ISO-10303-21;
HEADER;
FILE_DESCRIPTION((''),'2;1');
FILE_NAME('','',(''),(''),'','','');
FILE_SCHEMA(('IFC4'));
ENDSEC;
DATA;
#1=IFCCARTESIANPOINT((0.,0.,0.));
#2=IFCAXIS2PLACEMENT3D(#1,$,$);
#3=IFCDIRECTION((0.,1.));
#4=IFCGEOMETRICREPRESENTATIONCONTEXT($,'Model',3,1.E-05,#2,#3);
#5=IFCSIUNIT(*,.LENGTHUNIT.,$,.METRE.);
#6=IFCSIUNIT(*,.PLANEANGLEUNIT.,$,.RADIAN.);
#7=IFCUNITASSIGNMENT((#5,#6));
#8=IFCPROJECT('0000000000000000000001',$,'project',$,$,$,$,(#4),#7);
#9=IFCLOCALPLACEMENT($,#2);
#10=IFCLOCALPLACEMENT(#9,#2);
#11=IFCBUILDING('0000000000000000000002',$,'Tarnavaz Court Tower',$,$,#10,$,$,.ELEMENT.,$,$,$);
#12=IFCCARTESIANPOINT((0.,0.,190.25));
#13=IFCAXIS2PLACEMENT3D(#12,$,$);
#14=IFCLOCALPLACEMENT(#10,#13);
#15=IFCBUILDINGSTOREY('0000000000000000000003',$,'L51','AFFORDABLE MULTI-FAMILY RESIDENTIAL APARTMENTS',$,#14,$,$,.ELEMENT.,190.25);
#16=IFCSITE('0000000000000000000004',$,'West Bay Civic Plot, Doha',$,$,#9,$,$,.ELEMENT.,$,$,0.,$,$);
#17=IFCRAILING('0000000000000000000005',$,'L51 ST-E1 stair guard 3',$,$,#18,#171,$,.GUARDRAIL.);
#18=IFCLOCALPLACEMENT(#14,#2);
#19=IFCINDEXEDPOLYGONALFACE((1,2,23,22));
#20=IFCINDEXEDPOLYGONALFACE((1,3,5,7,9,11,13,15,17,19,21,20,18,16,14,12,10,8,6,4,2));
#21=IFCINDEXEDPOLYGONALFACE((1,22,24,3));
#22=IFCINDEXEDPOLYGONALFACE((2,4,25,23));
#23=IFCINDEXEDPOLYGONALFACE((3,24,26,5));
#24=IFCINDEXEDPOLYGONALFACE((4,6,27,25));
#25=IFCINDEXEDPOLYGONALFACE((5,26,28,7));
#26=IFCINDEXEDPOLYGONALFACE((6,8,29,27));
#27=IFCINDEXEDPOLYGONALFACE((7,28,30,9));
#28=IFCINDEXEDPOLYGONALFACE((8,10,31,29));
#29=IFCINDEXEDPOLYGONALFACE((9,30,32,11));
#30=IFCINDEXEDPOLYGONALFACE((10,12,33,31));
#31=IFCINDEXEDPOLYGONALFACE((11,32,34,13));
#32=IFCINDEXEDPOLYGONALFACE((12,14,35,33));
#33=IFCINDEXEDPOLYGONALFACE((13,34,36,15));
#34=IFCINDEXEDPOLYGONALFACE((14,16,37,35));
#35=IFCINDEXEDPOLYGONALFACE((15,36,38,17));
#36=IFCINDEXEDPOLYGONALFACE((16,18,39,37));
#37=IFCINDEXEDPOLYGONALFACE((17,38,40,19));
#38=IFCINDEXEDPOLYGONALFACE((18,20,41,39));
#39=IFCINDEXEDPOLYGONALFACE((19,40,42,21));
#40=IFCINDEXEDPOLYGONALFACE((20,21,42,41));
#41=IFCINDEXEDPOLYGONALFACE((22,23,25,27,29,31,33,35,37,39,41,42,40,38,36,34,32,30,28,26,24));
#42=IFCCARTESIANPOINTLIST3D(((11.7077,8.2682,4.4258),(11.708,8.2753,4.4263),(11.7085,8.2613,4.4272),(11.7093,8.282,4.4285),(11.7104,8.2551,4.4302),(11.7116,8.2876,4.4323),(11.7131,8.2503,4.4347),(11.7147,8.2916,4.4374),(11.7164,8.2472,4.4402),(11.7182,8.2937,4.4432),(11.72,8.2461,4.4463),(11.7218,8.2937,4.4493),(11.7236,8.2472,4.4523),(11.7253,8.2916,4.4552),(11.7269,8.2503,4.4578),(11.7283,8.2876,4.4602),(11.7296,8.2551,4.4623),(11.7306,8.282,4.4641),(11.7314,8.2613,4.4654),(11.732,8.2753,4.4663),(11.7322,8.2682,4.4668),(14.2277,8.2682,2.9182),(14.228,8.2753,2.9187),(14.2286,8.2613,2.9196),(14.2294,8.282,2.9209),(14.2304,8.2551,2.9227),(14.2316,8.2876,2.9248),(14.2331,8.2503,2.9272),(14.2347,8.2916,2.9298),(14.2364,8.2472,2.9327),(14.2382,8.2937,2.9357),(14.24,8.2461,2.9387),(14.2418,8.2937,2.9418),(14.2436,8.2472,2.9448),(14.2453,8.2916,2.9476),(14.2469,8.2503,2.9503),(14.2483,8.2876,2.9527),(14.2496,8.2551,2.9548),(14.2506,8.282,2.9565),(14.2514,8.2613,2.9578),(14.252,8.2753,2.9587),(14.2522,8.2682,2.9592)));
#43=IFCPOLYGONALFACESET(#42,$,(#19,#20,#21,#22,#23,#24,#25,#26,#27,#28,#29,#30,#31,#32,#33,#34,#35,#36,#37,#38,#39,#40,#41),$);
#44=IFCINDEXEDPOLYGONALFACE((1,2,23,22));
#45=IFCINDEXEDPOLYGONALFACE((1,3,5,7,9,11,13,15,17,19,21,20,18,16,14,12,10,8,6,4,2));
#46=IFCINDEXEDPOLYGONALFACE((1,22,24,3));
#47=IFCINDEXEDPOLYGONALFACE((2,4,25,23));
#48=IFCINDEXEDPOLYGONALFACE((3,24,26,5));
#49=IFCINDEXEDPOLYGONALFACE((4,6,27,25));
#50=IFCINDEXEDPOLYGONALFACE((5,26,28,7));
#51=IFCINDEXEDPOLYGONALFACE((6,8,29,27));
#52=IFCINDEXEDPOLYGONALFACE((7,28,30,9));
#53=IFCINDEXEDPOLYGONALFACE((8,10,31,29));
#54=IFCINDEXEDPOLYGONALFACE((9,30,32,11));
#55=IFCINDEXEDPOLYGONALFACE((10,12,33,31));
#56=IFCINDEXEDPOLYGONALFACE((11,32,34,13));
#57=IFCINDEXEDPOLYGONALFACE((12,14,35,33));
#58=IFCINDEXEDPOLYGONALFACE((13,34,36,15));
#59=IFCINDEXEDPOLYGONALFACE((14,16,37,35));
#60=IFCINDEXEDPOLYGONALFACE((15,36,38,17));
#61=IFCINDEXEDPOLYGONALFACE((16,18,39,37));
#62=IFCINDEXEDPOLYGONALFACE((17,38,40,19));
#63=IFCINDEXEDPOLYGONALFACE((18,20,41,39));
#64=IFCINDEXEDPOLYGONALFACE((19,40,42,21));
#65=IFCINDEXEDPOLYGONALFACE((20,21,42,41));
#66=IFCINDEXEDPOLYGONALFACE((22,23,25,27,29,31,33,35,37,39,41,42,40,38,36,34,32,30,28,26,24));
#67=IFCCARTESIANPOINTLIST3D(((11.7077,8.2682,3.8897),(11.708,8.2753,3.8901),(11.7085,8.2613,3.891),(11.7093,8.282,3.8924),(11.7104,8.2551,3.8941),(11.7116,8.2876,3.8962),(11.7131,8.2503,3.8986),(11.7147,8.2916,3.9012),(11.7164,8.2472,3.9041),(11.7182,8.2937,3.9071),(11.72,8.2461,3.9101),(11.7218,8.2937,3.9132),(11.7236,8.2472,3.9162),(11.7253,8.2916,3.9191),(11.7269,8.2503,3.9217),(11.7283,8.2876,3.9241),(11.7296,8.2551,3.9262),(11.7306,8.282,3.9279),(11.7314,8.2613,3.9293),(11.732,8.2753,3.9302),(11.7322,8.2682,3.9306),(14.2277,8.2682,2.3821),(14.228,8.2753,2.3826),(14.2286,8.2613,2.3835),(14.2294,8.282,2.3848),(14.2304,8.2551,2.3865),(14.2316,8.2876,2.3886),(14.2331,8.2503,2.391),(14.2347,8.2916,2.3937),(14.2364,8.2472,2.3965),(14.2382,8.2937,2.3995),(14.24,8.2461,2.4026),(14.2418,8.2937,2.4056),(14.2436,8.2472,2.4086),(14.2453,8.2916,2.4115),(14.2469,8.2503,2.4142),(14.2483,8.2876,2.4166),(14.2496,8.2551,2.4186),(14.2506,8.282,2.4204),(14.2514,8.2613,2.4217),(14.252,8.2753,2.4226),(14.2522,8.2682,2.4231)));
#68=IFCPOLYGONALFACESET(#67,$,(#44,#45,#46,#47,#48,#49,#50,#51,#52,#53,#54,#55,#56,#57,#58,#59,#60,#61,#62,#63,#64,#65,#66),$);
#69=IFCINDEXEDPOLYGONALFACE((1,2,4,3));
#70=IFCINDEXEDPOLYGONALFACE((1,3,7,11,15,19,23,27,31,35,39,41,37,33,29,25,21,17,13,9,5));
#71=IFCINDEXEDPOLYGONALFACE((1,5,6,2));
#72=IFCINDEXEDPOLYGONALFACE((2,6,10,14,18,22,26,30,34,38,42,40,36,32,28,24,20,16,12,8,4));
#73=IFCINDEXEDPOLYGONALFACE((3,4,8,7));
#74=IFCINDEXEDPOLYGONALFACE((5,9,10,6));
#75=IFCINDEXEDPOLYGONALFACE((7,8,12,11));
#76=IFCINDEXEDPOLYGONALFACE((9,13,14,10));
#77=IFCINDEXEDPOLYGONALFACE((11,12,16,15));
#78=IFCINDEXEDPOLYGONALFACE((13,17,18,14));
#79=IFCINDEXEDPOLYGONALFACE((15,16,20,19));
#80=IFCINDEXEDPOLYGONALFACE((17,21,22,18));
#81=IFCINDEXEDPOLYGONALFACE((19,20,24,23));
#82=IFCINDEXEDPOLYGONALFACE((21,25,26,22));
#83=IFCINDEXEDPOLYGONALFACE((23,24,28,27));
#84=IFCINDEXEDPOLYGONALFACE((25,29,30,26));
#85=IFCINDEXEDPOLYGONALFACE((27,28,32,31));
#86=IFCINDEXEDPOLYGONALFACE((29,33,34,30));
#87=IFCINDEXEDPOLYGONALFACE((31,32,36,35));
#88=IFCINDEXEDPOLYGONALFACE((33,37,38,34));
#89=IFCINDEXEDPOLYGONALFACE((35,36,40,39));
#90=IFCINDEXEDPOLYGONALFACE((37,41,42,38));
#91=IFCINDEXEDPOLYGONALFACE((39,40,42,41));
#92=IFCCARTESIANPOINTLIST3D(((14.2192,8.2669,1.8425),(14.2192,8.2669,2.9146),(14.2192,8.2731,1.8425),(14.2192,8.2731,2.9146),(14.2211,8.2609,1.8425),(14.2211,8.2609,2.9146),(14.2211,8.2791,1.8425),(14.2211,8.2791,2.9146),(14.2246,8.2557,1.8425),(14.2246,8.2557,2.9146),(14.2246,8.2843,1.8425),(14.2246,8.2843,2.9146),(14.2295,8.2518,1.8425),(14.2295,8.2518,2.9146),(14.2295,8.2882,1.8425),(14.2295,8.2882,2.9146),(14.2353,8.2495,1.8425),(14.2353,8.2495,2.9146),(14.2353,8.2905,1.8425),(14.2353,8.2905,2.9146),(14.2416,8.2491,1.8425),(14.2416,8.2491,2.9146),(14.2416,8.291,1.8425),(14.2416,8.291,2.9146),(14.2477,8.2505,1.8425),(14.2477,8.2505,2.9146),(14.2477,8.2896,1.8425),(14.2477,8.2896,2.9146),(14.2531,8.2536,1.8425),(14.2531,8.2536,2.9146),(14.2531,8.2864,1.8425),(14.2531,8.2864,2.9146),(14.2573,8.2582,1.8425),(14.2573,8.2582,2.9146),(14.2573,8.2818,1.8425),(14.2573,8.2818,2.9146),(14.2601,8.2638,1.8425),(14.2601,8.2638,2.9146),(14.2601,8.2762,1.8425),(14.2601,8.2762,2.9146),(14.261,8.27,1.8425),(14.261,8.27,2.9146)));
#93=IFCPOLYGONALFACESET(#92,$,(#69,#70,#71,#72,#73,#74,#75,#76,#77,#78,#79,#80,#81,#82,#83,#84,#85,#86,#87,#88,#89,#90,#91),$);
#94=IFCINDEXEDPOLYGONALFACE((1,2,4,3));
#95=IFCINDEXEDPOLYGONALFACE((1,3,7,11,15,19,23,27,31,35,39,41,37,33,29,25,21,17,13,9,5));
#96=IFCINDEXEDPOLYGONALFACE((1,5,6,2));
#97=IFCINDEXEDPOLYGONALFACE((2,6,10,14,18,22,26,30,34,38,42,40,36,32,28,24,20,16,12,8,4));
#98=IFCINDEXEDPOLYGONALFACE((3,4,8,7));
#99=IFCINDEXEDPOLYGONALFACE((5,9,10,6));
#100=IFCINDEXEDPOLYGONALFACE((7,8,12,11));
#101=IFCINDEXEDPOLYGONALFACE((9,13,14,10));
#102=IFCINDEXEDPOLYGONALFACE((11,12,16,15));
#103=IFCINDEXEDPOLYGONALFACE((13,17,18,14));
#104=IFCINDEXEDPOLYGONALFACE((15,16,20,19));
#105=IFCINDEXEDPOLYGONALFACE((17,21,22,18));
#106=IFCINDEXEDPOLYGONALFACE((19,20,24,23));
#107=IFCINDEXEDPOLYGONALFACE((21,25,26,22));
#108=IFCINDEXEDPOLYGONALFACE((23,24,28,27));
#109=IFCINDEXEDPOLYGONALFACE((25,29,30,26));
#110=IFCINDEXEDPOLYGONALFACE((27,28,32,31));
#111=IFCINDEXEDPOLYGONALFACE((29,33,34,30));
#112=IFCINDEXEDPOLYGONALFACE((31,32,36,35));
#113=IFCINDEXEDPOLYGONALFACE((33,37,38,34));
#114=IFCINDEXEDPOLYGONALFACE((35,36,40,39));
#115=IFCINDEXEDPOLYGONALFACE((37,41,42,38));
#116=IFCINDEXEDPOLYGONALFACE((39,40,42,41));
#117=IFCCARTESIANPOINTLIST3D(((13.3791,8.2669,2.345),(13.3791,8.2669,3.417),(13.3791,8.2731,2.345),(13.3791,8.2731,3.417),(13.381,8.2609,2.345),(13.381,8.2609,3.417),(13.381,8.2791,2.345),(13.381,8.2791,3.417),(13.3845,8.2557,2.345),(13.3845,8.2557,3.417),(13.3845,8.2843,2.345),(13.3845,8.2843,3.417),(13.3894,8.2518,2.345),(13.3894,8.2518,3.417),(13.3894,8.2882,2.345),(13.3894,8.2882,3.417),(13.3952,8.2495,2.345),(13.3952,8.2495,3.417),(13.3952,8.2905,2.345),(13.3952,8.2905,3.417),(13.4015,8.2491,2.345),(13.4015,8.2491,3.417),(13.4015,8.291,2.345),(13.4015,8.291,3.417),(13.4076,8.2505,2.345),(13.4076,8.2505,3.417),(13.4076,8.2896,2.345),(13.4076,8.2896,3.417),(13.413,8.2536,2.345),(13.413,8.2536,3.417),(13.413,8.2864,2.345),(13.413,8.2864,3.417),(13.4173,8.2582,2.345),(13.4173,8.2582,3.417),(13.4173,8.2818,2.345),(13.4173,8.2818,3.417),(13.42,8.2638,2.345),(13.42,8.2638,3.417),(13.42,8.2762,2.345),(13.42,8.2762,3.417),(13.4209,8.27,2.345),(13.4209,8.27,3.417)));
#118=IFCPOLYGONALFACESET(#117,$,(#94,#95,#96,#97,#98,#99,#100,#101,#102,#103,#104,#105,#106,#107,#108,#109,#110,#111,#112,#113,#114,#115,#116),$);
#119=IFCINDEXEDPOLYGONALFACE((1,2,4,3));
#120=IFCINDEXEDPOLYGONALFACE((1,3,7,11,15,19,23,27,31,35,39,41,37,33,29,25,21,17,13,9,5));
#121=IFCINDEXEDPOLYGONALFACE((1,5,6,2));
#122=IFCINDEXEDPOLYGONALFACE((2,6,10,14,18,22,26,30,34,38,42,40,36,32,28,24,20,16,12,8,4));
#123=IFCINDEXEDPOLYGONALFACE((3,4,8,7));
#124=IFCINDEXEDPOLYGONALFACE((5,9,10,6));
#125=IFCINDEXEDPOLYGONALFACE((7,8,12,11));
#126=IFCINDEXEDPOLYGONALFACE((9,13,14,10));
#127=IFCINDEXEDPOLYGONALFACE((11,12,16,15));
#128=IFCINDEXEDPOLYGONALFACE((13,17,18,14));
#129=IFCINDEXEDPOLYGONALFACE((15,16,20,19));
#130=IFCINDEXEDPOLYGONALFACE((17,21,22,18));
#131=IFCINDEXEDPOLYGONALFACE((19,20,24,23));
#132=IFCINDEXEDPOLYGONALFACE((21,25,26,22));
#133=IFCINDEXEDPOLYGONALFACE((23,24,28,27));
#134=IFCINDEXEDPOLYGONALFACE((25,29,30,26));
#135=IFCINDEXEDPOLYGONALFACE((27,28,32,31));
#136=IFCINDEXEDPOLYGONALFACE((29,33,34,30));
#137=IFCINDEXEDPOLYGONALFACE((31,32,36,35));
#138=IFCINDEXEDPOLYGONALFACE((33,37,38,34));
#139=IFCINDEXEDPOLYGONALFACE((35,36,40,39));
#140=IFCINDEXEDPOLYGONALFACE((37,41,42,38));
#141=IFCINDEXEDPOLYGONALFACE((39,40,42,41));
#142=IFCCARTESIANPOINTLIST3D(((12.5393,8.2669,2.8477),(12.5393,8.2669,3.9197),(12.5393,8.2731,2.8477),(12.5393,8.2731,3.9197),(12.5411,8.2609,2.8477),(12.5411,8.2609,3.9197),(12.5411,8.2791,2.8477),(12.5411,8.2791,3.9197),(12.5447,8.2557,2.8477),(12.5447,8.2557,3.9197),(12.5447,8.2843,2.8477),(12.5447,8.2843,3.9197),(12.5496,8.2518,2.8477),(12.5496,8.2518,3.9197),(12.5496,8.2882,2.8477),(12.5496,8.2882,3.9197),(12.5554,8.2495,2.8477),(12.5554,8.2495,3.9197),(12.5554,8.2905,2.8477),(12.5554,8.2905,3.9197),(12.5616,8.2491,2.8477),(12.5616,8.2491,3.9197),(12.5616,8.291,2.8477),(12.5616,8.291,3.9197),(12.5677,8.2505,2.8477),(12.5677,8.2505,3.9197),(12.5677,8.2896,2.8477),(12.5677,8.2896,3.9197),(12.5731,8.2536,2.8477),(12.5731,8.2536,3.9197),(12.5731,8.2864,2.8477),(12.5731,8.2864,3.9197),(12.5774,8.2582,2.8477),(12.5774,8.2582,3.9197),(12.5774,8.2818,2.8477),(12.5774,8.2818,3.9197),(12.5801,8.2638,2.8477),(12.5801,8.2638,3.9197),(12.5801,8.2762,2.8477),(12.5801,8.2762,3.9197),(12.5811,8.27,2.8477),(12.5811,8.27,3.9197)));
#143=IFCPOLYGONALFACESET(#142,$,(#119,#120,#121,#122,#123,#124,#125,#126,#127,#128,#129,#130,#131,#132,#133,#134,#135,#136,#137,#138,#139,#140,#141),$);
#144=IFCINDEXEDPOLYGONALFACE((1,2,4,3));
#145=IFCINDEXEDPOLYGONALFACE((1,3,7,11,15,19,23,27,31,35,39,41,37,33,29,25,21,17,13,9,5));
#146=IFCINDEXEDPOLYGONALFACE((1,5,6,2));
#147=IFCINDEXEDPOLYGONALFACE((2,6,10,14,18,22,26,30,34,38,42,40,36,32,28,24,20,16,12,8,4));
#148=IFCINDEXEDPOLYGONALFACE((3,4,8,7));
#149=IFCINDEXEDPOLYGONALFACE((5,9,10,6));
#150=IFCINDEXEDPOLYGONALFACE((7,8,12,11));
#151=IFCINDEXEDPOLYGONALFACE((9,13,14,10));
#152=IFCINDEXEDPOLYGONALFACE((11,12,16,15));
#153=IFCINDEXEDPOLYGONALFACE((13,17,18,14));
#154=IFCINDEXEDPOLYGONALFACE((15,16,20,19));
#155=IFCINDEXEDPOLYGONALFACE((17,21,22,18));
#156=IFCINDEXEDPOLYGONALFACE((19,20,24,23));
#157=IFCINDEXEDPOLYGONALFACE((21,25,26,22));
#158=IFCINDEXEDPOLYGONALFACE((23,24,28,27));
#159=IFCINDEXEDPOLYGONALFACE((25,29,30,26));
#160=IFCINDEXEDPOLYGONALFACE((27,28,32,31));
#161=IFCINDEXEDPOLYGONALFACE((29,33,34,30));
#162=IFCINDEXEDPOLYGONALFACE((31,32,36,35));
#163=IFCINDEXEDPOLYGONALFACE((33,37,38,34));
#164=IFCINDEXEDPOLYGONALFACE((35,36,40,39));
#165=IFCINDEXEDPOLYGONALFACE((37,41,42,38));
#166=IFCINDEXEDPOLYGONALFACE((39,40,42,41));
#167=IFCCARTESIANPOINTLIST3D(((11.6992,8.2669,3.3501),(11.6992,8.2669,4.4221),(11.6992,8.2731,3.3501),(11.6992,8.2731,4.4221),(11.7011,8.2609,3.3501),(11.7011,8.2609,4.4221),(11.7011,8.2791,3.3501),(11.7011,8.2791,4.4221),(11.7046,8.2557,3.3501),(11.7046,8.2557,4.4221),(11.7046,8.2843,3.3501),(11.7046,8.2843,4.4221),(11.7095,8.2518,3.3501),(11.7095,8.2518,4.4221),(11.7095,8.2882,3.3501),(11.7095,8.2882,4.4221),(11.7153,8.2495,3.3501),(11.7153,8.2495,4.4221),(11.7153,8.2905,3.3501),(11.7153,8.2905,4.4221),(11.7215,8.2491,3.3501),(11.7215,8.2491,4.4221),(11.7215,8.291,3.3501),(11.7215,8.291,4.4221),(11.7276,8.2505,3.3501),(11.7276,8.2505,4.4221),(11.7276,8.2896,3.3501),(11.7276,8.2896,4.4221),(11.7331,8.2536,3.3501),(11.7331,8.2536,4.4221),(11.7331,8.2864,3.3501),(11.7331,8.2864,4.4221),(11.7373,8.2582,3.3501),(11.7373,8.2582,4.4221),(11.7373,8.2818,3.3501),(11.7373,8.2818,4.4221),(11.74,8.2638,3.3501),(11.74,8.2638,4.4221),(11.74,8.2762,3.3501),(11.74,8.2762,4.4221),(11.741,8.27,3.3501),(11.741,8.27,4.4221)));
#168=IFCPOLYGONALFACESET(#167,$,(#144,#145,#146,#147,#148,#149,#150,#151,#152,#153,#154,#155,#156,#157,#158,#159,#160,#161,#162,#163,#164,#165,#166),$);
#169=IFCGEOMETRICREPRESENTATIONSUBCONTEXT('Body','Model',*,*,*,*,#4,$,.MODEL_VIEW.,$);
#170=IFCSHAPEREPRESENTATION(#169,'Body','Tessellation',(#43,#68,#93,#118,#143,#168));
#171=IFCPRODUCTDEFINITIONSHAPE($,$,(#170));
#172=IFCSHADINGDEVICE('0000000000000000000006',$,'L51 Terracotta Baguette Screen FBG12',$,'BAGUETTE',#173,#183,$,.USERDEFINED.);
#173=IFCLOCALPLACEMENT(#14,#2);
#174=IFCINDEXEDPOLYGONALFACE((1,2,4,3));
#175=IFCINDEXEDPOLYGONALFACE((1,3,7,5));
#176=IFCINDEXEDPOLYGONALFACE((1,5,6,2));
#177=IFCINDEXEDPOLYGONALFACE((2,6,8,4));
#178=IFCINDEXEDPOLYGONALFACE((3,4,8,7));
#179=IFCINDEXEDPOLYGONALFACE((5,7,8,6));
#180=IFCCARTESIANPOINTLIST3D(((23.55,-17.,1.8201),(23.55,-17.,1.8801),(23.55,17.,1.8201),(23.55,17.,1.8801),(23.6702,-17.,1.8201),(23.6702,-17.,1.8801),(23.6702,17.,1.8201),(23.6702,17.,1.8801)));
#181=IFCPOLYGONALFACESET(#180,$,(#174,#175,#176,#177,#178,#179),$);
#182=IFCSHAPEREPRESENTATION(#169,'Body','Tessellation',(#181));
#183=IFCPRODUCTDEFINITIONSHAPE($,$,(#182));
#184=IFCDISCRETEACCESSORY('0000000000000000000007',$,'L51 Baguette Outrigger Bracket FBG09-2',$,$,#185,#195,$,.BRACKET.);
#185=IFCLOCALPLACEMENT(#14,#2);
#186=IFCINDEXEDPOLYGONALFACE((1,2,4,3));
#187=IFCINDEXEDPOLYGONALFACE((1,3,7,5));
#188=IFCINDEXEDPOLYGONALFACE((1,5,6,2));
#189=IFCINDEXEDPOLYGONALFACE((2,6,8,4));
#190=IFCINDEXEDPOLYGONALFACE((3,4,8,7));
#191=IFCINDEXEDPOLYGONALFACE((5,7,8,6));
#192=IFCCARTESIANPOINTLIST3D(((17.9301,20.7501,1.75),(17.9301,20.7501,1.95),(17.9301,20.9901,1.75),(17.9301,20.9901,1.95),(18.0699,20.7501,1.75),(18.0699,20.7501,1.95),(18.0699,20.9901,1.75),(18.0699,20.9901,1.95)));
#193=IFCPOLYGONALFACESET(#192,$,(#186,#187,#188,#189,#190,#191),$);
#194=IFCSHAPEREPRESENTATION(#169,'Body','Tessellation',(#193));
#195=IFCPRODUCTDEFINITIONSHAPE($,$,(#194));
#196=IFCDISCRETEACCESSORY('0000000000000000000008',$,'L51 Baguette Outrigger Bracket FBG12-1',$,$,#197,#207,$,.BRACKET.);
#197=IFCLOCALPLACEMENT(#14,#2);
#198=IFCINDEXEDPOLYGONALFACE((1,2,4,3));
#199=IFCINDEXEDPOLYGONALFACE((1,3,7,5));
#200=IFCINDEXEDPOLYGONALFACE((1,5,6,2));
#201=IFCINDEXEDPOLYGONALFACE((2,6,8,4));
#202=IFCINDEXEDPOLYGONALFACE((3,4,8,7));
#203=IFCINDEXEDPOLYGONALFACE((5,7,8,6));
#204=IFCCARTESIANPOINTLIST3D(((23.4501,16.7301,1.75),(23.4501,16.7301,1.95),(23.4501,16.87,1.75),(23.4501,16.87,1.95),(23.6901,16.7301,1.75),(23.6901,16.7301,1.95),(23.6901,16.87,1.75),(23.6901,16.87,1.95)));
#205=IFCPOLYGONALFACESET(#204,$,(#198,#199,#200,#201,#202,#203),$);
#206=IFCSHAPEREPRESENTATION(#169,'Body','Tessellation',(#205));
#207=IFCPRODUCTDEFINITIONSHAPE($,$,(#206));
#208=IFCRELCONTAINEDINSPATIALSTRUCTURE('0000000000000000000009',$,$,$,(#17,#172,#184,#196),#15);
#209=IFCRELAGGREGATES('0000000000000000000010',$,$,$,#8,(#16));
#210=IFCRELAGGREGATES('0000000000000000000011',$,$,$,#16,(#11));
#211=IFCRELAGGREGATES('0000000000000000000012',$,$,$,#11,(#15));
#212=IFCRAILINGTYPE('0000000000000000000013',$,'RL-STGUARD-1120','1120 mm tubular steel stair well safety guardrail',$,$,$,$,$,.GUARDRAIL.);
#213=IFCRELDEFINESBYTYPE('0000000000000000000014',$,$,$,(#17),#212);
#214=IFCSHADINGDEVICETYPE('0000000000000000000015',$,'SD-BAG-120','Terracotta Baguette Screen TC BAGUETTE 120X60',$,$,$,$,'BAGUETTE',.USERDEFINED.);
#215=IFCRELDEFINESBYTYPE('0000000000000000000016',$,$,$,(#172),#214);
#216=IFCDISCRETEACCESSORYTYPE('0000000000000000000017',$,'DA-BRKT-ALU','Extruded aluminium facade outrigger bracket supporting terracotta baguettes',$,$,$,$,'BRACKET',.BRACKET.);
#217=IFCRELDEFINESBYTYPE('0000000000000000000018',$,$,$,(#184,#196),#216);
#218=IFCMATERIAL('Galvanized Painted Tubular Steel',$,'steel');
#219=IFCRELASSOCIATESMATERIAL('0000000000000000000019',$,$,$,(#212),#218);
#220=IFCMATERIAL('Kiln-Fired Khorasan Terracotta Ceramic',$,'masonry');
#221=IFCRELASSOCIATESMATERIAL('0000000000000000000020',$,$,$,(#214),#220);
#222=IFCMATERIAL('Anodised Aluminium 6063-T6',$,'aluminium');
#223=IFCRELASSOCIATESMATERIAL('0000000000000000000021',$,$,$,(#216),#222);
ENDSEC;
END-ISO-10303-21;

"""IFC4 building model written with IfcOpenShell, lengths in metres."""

from ifc_helpers import new_model, si_unit, direction, frame, origin, origin_2d, place, context, subcontext, project, spatial, rectangle, circle, extrude, material, material_profile, profile_set, type_object, element, save


model = new_model("IFC4")

# Units and contexts
model_context = context("Model", 3, precision=1e-05, world=origin(), true_north=direction((0.0, 1.0)))
body_context = subcontext(model_context, "Body", "Model", "MODEL_VIEW")
ifc_project = project(units=[si_unit("LENGTHUNIT", "METRE"), si_unit("PLANEANGLEUNIT", "RADIAN")], contexts=[model_context])

# Site, building, storey
site_placement = place(None, origin())
site = spatial("IfcSite", under=ifc_project, at=site_placement, Name="West Bay Civic Plot, Doha", CompositionType="ELEMENT", RefElevation=0.0)
building_placement = place(site_placement, origin())
building = spatial("IfcBuilding", under=site, at=building_placement, Name="Tarnavaz Court Tower", CompositionType="ELEMENT")
storey_placement = place(building_placement, frame((0.0, 0.0, 190.25)))
storey = spatial("IfcBuildingStorey", under=building, at=storey_placement, Name="L51", Description="AFFORDABLE MULTI-FAMILY RESIDENTIAL APARTMENTS", CompositionType="ELEMENT", Elevation=190.25)

# Railing
ifc_material_1 = material(Name="Galvanized Painted Tubular Steel", Category="steel")
railing_type_1 = type_object("IfcRailingType", Name="RL-STGUARD-1120", Description="1120 mm tubular steel stair well safety guardrail", PredefinedType="GUARDRAIL", material=ifc_material_1)
railing_1_placement = place(storey_placement, frame((14.24, 8.27, 1.8425)))
element("IfcRailing", 1, at=railing_1_placement, inside=storey, type_object=railing_type_1, Name="L51 ST-E1 stair guard 3", PredefinedType="GUARDRAIL", context=body_context, shape_type="SweptSolid", body=[
    extrude(circle(Radius=0.0239, at=origin_2d()), frame((0.0, 0.0, 1.0962), z_axis=(-0.85816, 0.0, 0.513383), x_axis=(0.0, -1.0, 0.0)), (0.0, 0.0, 1.0), 2.9365),
    extrude(circle(Radius=0.0239, at=origin_2d()), frame((0.0, 0.0, 0.5601), z_axis=(-0.85816, 0.0, 0.513383), x_axis=(0.0, -1.0, 0.0)), (0.0, 0.0, 1.0), 2.9365),
    extrude(circle(Radius=0.021, at=origin_2d()), origin(), (0.0, 0.0, 1.0), 1.072),
    extrude(circle(Radius=0.021, at=origin_2d()), frame((-0.8401, 0.0, 0.5024)), (0.0, 0.0, 1.0), 1.072),
    extrude(circle(Radius=0.021, at=origin_2d()), frame((-1.6799, 0.0, 1.0051)), (0.0, 0.0, 1.0), 1.072),
    extrude(circle(Radius=0.021, at=origin_2d()), frame((-2.52, 0.0, 1.5076)), (0.0, 0.0, 1.0), 1.072),
])

# Shading device
ifc_material_2 = material(Name="Kiln-Fired Khorasan Terracotta Ceramic", Category="masonry")
ifc_material_profile_1 = material_profile(ifc_material_2, rectangle(XDim=0.1201, YDim=0.0601, at=origin_2d()), Name="TC BAGUETTE 120X60")
ifc_profile_set_1 = profile_set([ifc_material_profile_1], Name="Kiln-Fired Khorasan Terracotta Ceramic")
shading_device_type = type_object("IfcShadingDeviceType", Name="SD-BAG-120", Description="Terracotta Baguette Screen TC BAGUETTE 120X60", ElementType="BAGUETTE", PredefinedType="USERDEFINED", material=ifc_profile_set_1)
shading_device_placement = place(storey_placement, frame((23.6101, 17.0, 1.8501), z_axis=(0.0, -1.0, 0.0), x_axis=(1.0, 0.0, 0.0)))
element("IfcShadingDevice", 2, at=shading_device_placement, inside=storey, type_object=shading_device_type, Name="L51 Terracotta Baguette Screen FBG12", ObjectType="BAGUETTE", PredefinedType="USERDEFINED", context=body_context, shape_type="SweptSolid", body=[
    extrude(rectangle(XDim=0.1201, YDim=0.0601, at=origin_2d()), origin(), (0.0, 0.0, 1.0), 34.0),
])

# Discrete accessories
ifc_material_3 = material(Name="Anodised Aluminium 6063-T6", Category="aluminium")
discrete_accessory_type = type_object("IfcDiscreteAccessoryType", Name="DA-BRKT-ALU", Description="Extruded aluminium facade outrigger bracket supporting terracotta baguettes", ElementType="BRACKET", PredefinedType="BRACKET", material=ifc_material_3)
for number, where, z_axis, x_axis, name in (
    (3, (18.0, 20.8701, 1.75), (0.0, 0.0, 1.0), (1.0, 0.0, 0.0), "L51 Baguette Outrigger Bracket FBG09-2"),
    (4, (23.5701, 16.8, 1.75), (0.0, 0.0, 1.0), (0.0, -1.0, 0.0), "L51 Baguette Outrigger Bracket FBG12-1"),
):
    element("IfcDiscreteAccessory", number, at=place(storey_placement, frame(where, z_axis=z_axis, x_axis=x_axis)), inside=storey, type_object=discrete_accessory_type, Name=name, PredefinedType="BRACKET", context=body_context, shape_type="SweptSolid", body=[
        extrude(rectangle(XDim=0.1399, YDim=0.24, at=origin_2d()), origin(), (0.0, 0.0, 1.0), 0.2),
    ])

save(model, "model.ifc")
